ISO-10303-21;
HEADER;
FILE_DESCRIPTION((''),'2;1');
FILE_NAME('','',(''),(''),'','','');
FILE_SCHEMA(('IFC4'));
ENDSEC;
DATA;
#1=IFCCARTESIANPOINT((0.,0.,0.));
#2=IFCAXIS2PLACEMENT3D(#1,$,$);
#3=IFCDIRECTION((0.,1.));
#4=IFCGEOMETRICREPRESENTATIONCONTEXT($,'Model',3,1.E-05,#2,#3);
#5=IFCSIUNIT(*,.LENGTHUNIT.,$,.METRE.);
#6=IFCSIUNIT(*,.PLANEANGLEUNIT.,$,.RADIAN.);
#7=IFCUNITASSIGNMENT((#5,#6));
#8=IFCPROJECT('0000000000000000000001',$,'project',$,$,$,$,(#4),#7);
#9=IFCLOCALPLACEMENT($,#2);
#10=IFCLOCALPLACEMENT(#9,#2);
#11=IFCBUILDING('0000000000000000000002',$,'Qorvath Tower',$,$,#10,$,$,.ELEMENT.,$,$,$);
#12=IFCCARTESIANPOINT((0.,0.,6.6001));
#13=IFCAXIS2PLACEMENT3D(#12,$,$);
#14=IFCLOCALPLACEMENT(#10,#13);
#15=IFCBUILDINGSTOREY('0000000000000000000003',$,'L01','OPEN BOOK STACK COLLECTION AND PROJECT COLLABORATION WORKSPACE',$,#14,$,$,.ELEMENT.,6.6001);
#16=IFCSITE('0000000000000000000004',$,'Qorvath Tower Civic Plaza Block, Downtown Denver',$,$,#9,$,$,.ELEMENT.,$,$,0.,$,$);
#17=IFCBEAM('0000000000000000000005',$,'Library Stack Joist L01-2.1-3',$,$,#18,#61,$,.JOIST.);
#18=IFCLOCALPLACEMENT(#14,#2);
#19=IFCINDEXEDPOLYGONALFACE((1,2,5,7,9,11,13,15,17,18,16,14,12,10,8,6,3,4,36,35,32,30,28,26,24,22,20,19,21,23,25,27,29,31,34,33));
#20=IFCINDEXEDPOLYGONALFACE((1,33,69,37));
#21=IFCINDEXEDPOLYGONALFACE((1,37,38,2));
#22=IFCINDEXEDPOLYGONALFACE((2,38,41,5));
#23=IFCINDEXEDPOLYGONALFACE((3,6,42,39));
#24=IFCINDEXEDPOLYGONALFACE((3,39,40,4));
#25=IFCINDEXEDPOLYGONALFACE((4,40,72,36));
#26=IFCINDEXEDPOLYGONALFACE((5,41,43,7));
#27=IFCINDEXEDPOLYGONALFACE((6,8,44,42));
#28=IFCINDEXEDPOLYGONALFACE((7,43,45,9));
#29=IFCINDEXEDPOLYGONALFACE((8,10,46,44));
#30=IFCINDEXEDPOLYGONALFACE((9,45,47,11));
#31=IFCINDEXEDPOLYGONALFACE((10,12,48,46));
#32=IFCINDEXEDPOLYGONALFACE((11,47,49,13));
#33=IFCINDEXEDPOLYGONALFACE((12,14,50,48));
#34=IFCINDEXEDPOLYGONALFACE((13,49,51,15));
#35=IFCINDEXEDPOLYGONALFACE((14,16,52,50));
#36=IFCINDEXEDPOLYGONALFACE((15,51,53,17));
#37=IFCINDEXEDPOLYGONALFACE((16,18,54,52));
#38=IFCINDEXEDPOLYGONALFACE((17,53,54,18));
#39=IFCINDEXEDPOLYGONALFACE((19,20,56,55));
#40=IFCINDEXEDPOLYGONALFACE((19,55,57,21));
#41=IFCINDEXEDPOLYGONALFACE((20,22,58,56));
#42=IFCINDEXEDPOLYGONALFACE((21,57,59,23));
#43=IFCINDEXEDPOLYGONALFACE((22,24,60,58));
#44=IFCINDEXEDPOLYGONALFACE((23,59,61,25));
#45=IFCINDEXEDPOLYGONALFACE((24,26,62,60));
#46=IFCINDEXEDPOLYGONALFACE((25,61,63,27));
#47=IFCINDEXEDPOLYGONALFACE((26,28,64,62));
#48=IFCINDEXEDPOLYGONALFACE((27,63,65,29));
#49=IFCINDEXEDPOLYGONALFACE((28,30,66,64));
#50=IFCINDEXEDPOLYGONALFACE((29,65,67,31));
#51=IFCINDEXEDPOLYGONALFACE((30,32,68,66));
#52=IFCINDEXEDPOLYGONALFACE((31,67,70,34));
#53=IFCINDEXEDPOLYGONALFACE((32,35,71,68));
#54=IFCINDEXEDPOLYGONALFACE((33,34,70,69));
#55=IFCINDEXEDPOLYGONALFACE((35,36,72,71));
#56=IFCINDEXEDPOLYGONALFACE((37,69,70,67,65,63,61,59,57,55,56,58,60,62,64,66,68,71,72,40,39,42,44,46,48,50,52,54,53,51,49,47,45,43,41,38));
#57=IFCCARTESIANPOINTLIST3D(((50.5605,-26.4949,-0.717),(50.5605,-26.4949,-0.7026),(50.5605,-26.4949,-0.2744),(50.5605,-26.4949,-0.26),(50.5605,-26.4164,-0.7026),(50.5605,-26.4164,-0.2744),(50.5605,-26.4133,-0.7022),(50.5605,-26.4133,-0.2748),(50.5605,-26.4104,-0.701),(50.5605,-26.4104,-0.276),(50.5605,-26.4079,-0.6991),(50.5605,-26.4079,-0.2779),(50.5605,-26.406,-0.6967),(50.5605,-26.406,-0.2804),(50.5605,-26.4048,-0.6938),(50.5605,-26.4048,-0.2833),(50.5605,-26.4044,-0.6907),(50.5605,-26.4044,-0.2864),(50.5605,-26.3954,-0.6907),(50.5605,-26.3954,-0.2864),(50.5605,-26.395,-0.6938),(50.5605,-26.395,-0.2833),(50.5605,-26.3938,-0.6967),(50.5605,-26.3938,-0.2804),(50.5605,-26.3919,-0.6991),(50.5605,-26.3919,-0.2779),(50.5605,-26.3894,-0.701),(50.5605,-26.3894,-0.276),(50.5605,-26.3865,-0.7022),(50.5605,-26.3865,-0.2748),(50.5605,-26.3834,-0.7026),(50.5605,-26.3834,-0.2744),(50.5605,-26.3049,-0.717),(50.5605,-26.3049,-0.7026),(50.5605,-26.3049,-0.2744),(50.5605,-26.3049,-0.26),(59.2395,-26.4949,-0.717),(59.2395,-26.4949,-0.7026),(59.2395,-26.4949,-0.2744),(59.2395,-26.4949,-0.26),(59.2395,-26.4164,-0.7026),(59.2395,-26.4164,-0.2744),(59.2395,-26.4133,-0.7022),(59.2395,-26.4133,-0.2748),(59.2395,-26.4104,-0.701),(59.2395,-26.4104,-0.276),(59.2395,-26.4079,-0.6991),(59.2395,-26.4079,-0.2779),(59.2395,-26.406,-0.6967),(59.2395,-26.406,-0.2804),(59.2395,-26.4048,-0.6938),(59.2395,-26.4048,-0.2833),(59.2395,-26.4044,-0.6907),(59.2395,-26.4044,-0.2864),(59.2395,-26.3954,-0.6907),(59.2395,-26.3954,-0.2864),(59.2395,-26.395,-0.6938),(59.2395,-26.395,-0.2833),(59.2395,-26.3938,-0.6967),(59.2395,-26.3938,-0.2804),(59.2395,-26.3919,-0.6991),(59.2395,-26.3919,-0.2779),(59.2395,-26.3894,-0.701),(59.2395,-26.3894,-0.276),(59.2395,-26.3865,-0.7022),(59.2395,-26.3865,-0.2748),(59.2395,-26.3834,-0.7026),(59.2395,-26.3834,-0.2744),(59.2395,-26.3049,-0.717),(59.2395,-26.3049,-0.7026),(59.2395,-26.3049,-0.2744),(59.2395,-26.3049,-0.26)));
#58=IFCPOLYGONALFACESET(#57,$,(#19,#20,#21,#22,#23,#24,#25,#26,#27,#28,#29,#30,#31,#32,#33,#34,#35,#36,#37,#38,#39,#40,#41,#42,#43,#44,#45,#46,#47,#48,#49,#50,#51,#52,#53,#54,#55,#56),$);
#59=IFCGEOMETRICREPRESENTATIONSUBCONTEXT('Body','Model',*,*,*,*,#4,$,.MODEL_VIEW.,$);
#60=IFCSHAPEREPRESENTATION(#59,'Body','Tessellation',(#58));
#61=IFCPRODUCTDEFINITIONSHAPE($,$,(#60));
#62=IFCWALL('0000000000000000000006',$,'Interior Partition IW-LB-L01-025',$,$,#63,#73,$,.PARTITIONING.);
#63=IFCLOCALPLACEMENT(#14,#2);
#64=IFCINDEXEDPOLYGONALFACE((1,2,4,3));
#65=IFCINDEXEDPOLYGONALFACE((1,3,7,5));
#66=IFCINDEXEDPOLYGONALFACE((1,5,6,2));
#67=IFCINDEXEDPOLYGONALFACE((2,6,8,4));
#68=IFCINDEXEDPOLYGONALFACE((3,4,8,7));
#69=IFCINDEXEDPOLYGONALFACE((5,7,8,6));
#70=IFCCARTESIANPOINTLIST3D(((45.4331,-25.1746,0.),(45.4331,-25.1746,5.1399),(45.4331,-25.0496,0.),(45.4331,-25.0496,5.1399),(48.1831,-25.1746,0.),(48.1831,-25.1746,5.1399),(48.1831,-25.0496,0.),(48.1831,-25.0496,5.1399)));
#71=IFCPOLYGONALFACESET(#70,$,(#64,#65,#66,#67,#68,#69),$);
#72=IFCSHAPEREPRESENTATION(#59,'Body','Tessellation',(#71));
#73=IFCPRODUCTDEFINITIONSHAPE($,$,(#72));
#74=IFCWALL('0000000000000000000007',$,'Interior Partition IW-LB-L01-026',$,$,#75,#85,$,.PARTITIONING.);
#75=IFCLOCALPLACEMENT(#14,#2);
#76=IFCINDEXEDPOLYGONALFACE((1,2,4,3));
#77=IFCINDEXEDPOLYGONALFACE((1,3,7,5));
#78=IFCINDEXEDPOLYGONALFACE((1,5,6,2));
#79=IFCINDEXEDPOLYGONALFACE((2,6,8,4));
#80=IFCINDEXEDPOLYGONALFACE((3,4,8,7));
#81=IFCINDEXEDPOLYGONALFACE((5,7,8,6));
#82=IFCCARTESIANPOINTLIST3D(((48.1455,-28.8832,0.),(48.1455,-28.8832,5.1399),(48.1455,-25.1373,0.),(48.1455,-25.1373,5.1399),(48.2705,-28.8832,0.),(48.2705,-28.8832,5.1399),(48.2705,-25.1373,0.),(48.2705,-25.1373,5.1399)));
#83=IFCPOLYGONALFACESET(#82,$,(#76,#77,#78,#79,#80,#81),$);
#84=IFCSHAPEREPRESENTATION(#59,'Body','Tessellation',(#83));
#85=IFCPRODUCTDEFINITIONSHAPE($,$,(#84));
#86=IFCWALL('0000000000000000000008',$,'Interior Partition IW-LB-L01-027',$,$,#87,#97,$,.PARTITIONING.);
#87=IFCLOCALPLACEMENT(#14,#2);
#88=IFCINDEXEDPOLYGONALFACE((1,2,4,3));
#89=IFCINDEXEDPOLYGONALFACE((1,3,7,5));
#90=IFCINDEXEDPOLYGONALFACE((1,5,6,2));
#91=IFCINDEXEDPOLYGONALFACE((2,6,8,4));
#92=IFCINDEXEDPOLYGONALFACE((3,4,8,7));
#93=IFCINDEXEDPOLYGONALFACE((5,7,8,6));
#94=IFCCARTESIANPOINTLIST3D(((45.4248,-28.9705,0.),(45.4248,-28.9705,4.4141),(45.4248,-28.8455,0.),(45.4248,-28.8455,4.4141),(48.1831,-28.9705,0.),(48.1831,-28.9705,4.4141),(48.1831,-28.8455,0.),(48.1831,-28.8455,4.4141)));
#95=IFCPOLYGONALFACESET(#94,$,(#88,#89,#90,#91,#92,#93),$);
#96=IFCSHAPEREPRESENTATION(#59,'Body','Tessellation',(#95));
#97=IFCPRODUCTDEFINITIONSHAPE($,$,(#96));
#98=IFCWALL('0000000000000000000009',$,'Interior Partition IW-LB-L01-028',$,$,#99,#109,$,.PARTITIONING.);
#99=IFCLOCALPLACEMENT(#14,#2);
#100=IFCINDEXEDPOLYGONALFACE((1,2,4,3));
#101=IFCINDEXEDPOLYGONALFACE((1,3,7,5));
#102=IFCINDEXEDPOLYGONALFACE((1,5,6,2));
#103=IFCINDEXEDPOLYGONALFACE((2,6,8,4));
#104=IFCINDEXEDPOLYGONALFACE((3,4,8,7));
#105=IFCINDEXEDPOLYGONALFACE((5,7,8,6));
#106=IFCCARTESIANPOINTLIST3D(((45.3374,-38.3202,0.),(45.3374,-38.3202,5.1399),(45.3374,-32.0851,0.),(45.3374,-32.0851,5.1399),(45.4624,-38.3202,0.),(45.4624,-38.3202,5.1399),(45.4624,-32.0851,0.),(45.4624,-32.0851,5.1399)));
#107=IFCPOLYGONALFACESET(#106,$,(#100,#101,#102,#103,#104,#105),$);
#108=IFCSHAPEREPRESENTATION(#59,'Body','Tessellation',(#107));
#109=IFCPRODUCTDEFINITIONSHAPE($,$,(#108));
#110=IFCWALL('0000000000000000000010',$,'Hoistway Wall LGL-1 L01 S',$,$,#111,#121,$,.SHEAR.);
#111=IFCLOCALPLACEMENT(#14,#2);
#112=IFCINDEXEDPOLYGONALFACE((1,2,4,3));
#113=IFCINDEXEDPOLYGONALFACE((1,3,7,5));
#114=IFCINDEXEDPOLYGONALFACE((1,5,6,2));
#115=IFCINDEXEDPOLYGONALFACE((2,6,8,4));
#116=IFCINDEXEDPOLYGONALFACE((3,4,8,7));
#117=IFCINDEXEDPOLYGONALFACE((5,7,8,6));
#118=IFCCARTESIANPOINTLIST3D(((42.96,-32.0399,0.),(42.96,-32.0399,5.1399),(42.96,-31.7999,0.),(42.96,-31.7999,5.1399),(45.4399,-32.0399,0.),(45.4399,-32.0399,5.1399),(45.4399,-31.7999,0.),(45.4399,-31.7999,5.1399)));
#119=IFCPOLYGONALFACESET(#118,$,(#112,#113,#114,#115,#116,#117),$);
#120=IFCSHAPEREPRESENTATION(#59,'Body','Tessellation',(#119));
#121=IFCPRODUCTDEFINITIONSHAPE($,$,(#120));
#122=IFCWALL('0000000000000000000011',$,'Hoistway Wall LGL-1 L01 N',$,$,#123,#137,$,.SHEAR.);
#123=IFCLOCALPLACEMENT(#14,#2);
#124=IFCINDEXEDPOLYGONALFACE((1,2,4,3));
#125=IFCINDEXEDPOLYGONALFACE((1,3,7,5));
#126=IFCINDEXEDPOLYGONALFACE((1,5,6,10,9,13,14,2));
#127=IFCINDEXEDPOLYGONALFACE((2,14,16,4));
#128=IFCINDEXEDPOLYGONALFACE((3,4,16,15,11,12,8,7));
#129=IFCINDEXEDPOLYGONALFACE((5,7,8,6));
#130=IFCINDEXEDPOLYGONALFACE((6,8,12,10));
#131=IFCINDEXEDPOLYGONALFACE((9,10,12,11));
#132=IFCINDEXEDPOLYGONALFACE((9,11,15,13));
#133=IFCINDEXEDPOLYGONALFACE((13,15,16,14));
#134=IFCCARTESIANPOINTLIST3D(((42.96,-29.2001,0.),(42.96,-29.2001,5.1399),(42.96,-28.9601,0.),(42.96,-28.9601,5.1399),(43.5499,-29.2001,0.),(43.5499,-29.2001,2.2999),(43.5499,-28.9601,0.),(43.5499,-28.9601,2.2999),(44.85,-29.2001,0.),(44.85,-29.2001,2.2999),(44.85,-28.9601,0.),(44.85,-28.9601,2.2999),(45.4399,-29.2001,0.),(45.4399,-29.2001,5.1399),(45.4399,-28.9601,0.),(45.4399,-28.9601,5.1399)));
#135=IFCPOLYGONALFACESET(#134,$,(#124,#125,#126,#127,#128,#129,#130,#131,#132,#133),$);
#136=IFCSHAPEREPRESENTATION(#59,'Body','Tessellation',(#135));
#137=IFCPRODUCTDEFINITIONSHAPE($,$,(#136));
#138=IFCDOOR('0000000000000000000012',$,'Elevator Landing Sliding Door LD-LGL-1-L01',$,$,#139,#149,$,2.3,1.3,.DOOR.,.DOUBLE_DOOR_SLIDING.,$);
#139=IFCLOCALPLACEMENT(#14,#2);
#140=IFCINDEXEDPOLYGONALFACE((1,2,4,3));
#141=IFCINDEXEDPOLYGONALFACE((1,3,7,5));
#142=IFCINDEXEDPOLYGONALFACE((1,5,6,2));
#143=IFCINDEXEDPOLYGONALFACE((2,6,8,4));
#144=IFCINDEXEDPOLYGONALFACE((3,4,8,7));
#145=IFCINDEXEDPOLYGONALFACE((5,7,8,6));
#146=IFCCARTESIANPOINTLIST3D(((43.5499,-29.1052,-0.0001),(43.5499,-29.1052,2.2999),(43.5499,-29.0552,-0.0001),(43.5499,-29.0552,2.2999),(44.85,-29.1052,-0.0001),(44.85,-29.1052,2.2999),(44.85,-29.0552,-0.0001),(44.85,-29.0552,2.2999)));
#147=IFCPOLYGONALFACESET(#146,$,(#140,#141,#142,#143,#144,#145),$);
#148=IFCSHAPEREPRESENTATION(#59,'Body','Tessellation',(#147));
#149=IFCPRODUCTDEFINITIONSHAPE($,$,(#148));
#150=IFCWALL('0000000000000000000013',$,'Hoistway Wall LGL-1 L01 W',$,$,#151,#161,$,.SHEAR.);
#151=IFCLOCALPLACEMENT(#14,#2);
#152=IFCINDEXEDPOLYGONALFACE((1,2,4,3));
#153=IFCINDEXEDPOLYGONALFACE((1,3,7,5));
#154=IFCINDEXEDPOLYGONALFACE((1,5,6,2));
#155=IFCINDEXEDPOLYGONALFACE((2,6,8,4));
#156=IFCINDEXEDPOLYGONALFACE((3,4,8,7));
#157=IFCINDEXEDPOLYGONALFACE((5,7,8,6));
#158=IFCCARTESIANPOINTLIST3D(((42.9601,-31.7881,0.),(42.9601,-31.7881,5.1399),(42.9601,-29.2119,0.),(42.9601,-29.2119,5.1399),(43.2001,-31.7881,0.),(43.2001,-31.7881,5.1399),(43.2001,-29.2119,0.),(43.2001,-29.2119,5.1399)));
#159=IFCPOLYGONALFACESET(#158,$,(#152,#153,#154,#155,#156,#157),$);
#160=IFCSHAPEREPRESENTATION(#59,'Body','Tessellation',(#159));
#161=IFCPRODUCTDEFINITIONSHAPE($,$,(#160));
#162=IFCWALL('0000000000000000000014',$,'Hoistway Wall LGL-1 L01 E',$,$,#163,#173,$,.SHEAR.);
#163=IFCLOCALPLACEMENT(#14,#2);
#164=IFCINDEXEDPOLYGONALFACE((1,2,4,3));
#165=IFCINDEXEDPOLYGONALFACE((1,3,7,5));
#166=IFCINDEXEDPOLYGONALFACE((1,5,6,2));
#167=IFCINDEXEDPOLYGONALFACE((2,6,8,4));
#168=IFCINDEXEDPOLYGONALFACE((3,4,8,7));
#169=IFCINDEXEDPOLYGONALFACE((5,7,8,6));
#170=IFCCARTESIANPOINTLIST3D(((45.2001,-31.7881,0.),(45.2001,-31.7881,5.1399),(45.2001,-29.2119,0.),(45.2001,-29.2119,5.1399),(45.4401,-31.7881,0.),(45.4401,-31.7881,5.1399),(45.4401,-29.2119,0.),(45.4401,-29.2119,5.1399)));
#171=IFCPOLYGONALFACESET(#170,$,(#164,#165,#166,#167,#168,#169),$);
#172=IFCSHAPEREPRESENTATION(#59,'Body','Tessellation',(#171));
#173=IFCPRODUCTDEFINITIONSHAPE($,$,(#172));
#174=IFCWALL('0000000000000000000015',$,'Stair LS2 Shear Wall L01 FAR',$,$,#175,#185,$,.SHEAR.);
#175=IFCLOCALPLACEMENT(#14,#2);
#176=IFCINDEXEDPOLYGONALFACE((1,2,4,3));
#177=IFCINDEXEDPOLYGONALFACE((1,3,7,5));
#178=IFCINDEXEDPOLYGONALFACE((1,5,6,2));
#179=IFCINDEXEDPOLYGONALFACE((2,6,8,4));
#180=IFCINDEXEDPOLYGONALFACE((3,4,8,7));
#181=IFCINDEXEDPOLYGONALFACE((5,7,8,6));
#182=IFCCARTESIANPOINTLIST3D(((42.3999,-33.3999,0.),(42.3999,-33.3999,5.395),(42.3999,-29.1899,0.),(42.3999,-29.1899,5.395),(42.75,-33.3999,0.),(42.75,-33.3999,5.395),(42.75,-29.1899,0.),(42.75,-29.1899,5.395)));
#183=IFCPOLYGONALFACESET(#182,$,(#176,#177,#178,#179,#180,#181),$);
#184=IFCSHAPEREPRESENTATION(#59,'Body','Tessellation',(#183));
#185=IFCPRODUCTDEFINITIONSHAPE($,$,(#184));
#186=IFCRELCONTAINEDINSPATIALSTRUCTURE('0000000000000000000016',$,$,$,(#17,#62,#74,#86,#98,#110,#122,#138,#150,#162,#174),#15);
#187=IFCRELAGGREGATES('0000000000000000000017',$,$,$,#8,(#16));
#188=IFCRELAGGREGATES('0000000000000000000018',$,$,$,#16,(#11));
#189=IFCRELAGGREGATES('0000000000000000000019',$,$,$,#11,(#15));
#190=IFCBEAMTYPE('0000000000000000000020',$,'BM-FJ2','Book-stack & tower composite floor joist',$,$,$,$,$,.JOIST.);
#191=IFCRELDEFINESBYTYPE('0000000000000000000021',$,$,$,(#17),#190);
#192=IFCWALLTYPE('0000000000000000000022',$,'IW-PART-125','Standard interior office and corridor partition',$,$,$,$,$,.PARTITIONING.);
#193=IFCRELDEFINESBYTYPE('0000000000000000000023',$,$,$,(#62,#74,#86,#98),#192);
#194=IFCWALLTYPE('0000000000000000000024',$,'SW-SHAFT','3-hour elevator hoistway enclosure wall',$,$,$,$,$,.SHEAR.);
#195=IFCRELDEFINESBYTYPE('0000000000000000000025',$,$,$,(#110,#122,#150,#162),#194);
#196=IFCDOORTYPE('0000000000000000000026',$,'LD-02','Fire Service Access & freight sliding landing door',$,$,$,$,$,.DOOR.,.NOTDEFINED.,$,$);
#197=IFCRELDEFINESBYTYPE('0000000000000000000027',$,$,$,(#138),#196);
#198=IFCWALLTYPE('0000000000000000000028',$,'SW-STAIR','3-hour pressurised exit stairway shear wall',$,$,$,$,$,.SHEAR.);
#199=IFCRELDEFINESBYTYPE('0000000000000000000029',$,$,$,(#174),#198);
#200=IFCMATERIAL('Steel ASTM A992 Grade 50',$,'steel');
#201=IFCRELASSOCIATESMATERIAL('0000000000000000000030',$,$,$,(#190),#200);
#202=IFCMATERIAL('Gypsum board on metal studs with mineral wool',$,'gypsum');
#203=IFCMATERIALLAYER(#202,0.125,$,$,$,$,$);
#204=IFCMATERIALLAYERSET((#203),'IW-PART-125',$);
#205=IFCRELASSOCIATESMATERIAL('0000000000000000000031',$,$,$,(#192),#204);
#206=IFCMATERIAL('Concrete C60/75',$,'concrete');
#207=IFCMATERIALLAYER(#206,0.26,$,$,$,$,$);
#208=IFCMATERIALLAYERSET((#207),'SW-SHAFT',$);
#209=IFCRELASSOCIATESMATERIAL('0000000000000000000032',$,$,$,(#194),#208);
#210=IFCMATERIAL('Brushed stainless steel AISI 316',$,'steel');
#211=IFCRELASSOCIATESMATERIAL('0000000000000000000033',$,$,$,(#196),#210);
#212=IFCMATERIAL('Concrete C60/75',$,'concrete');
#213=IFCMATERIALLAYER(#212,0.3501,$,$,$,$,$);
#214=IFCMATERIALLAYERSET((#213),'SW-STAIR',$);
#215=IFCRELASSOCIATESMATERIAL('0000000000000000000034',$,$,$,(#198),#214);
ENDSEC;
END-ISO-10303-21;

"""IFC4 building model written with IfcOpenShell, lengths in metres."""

from ifc_helpers import new_model, si_unit, direction, frame, frame_2d, origin, origin_2d, place, context, subcontext, project, spatial, rectangle, i_section, extrude, material, layer, layer_set, material_profile, profile_set, type_object, element, fill, save


model = new_model("IFC4")

# Units and contexts
model_context = context("Model", 3, precision=1e-05, world=origin(), true_north=direction((0.0, 1.0)))
body_context = subcontext(model_context, "Body", "Model", "MODEL_VIEW")
ifc_project = project(units=[si_unit("LENGTHUNIT", "METRE"), si_unit("PLANEANGLEUNIT", "RADIAN")], contexts=[model_context])

# Site, building, storey
site_placement = place(None, origin())
site = spatial("IfcSite", under=ifc_project, at=site_placement, Name="Qorvath Tower Civic Plaza Block, Downtown Denver", CompositionType="ELEMENT", RefElevation=0.0)
building_placement = place(site_placement, origin())
building = spatial("IfcBuilding", under=site, at=building_placement, Name="Qorvath Tower", CompositionType="ELEMENT")
storey_placement = place(building_placement, frame((0.0, 0.0, 6.6001)))
storey = spatial("IfcBuildingStorey", under=building, at=storey_placement, Name="L01", Description="OPEN BOOK STACK COLLECTION AND PROJECT COLLABORATION WORKSPACE", CompositionType="ELEMENT", Elevation=6.6001)

# Beam
ifc_material_1 = material(Name="Steel ASTM A992 Grade 50", Category="steel")
ifc_material_profile_1 = material_profile(ifc_material_1, i_section(OverallWidth=0.1899, OverallDepth=0.457, WebThickness=0.009, FlangeThickness=0.0144, FilletRadius=0.012, at=origin_2d()), Name="W18x50")
ifc_profile_set_1 = profile_set([ifc_material_profile_1], Name="Steel ASTM A992 Grade 50")
beam_type_1 = type_object("IfcBeamType", Name="BM-FJ2", Description="Book-stack & tower composite floor joist", PredefinedType="JOIST", material=ifc_profile_set_1)
for number, where, z_axis, x_axis, name in (
    (1, (50.5605, -26.3999, -0.4885), (1.0, 0.0, 0.0), (0.0, 1.0, 0.0), "Library Stack Joist L01-2.1-3"),
):
    element("IfcBeam", number, at=place(storey_placement, frame(where, z_axis=z_axis, x_axis=x_axis)), inside=storey, type_object=beam_type_1, Name=name, PredefinedType="JOIST", context=body_context, shape_type="SweptSolid", body=[
        extrude(i_section(OverallWidth=0.1899, OverallDepth=0.457, WebThickness=0.009, FlangeThickness=0.0144, FilletRadius=0.012, at=origin_2d()), origin(), (0.0, 0.0, 1.0), 8.679),
    ])

# Walls
ifc_material_2 = material(Name="Gypsum board on metal studs with mineral wool", Category="gypsum")
ifc_layer_1 = layer(ifc_material_2, 0.125)
ifc_layer_set_1 = layer_set([ifc_layer_1], Name="IW-PART-125")
wall_type_1 = type_object("IfcWallType", Name="IW-PART-125", Description="Standard interior office and corridor partition", PredefinedType="PARTITIONING", material=ifc_layer_set_1)
wall_1_placement = place(storey_placement, frame((48.1831, -25.1121, 0.0), z_axis=(0.0, 0.0, 1.0), x_axis=(-1.0, 0.0, 0.0)))
element("IfcWall", 2, at=wall_1_placement, inside=storey, type_object=wall_type_1, Name="Interior Partition IW-LB-L01-025", PredefinedType="PARTITIONING", context=body_context, shape_type="SweptSolid", body=[
    extrude(rectangle(XDim=2.75, YDim=0.125, at=frame_2d((1.375, 0.0))), origin(), (0.0, 0.0, 1.0), 5.1399),
])
wall_2_placement = place(storey_placement, frame((48.208, -25.1372, 0.0), z_axis=(0.0, 0.0, 1.0), x_axis=(0.0, -1.0, 0.0)))
element("IfcWall", 3, at=wall_2_placement, inside=storey, type_object=wall_type_1, Name="Interior Partition IW-LB-L01-026", PredefinedType="PARTITIONING", context=body_context, shape_type="SweptSolid", body=[
    extrude(rectangle(XDim=3.7458, YDim=0.125, at=frame_2d((1.873, 0.0))), origin(), (0.0, 0.0, 1.0), 5.1399),
])
wall_3_placement = place(storey_placement, frame((45.4248, -28.908, 0.0), z_axis=(0.0, 0.0, 1.0), x_axis=(1.0, 0.0, 0.0)))
element("IfcWall", 4, at=wall_3_placement, inside=storey, type_object=wall_type_1, Name="Interior Partition IW-LB-L01-027", PredefinedType="PARTITIONING", context=body_context, shape_type="SweptSolid", body=[
    extrude(rectangle(XDim=2.7583, YDim=0.125, at=frame_2d((1.3792, 0.0))), origin(), (0.0, 0.0, 1.0), 4.4141),
])
wall_4_placement = place(storey_placement, frame((45.3999, -32.085, 0.0), z_axis=(0.0, 0.0, 1.0), x_axis=(0.0, -1.0, 0.0)))
element("IfcWall", 5, at=wall_4_placement, inside=storey, type_object=wall_type_1, Name="Interior Partition IW-LB-L01-028", PredefinedType="PARTITIONING", context=body_context, shape_type="SweptSolid", body=[
    extrude(rectangle(XDim=6.2351, YDim=0.125, at=frame_2d((3.1177, 0.0))), origin(), (0.0, 0.0, 1.0), 5.1399),
])
ifc_material_3 = material(Name="Concrete C60/75", Category="concrete")
ifc_layer_2 = layer(ifc_material_3, 0.26)
ifc_layer_set_2 = layer_set([ifc_layer_2], Name="SW-SHAFT")
wall_type_2 = type_object("IfcWallType", Name="SW-SHAFT", Description="3-hour elevator hoistway enclosure wall", PredefinedType="SHEAR", material=ifc_layer_set_2)
wall_5_placement = place(storey_placement, frame((45.4399, -31.9199, 0.0), z_axis=(0.0, 0.0, 1.0), x_axis=(-1.0, 0.0, 0.0)))
element("IfcWall", 6, at=wall_5_placement, inside=storey, type_object=wall_type_2, Name="Hoistway Wall LGL-1 L01 S", PredefinedType="SHEAR", context=body_context, shape_type="SweptSolid", body=[
    extrude(rectangle(XDim=2.48, YDim=0.24, at=frame_2d((1.24, 0.0))), origin(), (0.0, 0.0, 1.0), 5.1399),
])

# Wall, opening, door
wall_6_placement = place(storey_placement, frame((42.96, -29.0801, 0.0), z_axis=(0.0, 0.0, 1.0), x_axis=(1.0, 0.0, 0.0)))
wall_6 = element("IfcWall", 7, at=wall_6_placement, inside=storey, type_object=wall_type_2, Name="Hoistway Wall LGL-1 L01 N", PredefinedType="SHEAR", context=body_context, shape_type="SweptSolid", body=[
    extrude(rectangle(XDim=2.48, YDim=0.24, at=frame_2d((1.24, 0.0))), origin(), (0.0, 0.0, 1.0), 5.1399),
])
opening_1_placement = place(wall_6_placement, frame((0.5901, 0.0, 0.0)))
opening_1 = element("IfcOpeningElement", 8, at=opening_1_placement, cuts=wall_6, PredefinedType="OPENING", context=body_context, shape_type="SweptSolid", body=[
    extrude(rectangle(XDim=1.3, YDim=2.3, at=frame_2d((0.6499, 1.1499))), frame((0.0, 0.1299, 0.0), z_axis=(0.0, -1.0, 0.0), x_axis=(1.0, 0.0, 0.0)), (0.0, 0.0, 1.0), 0.26),
])
ifc_material_4 = material(Name="Brushed stainless steel AISI 316", Category="steel")
door_type_1 = type_object("IfcDoorType", Name="LD-02", Description="Fire Service Access & freight sliding landing door", OperationType="NOTDEFINED", PredefinedType="DOOR", material=ifc_material_4)
door_1_placement = place(opening_1_placement, origin())
door_1 = element("IfcDoor", 9, at=door_1_placement, inside=storey, type_object=door_type_1, Name="Elevator Landing Sliding Door LD-LGL-1-L01", OperationType="DOUBLE_DOOR_SLIDING", OverallHeight=2.3, OverallWidth=1.3, PredefinedType="DOOR", context=body_context, shape_type="SweptSolid", body=[
    extrude(rectangle(XDim=1.3, YDim=2.3, at=frame_2d((0.6499, 1.1499))), frame((0.0, 0.0249, 0.0), z_axis=(0.0, -1.0, 0.0), x_axis=(1.0, 0.0, 0.0)), (0.0, 0.0, 1.0), 0.05),
])
fill(opening_1, door_1)

# Walls
for number, where, z_axis, x_axis, name in (
    (10, (43.0801, -31.7881, 0.0), (0.0, 0.0, 1.0), (0.0, 1.0, 0.0), "Hoistway Wall LGL-1 L01 W"),
    (11, (45.3201, -29.2119, 0.0), (0.0, 0.0, 1.0), (0.0, -1.0, 0.0), "Hoistway Wall LGL-1 L01 E"),
):
    element("IfcWall", number, at=place(storey_placement, frame(where, z_axis=z_axis, x_axis=x_axis)), inside=storey, type_object=wall_type_2, Name=name, PredefinedType="SHEAR", context=body_context, shape_type="SweptSolid", body=[
        extrude(rectangle(XDim=2.5762, YDim=0.24, at=frame_2d((1.2881, 0.0))), origin(), (0.0, 0.0, 1.0), 5.1399),
    ])
ifc_material_5 = material(Name="Concrete C60/75", Category="concrete")
ifc_layer_3 = layer(ifc_material_5, 0.3501)
ifc_layer_set_3 = layer_set([ifc_layer_3], Name="SW-STAIR")
wall_type_3 = type_object("IfcWallType", Name="SW-STAIR", Description="3-hour pressurised exit stairway shear wall", PredefinedType="SHEAR", material=ifc_layer_set_3)
wall_7_placement = place(storey_placement, frame((42.575, -33.3999, 0.0), z_axis=(0.0, 0.0, 1.0), x_axis=(0.0, 1.0, 0.0)))
element("IfcWall", 12, at=wall_7_placement, inside=storey, type_object=wall_type_3, Name="Stair LS2 Shear Wall L01 FAR", PredefinedType="SHEAR", context=body_context, shape_type="SweptSolid", body=[
    extrude(rectangle(XDim=4.21, YDim=0.3501, at=frame_2d((2.105, 0.0))), origin(), (0.0, 0.0, 1.0), 5.395),
])

save(model, "model.ifc")
